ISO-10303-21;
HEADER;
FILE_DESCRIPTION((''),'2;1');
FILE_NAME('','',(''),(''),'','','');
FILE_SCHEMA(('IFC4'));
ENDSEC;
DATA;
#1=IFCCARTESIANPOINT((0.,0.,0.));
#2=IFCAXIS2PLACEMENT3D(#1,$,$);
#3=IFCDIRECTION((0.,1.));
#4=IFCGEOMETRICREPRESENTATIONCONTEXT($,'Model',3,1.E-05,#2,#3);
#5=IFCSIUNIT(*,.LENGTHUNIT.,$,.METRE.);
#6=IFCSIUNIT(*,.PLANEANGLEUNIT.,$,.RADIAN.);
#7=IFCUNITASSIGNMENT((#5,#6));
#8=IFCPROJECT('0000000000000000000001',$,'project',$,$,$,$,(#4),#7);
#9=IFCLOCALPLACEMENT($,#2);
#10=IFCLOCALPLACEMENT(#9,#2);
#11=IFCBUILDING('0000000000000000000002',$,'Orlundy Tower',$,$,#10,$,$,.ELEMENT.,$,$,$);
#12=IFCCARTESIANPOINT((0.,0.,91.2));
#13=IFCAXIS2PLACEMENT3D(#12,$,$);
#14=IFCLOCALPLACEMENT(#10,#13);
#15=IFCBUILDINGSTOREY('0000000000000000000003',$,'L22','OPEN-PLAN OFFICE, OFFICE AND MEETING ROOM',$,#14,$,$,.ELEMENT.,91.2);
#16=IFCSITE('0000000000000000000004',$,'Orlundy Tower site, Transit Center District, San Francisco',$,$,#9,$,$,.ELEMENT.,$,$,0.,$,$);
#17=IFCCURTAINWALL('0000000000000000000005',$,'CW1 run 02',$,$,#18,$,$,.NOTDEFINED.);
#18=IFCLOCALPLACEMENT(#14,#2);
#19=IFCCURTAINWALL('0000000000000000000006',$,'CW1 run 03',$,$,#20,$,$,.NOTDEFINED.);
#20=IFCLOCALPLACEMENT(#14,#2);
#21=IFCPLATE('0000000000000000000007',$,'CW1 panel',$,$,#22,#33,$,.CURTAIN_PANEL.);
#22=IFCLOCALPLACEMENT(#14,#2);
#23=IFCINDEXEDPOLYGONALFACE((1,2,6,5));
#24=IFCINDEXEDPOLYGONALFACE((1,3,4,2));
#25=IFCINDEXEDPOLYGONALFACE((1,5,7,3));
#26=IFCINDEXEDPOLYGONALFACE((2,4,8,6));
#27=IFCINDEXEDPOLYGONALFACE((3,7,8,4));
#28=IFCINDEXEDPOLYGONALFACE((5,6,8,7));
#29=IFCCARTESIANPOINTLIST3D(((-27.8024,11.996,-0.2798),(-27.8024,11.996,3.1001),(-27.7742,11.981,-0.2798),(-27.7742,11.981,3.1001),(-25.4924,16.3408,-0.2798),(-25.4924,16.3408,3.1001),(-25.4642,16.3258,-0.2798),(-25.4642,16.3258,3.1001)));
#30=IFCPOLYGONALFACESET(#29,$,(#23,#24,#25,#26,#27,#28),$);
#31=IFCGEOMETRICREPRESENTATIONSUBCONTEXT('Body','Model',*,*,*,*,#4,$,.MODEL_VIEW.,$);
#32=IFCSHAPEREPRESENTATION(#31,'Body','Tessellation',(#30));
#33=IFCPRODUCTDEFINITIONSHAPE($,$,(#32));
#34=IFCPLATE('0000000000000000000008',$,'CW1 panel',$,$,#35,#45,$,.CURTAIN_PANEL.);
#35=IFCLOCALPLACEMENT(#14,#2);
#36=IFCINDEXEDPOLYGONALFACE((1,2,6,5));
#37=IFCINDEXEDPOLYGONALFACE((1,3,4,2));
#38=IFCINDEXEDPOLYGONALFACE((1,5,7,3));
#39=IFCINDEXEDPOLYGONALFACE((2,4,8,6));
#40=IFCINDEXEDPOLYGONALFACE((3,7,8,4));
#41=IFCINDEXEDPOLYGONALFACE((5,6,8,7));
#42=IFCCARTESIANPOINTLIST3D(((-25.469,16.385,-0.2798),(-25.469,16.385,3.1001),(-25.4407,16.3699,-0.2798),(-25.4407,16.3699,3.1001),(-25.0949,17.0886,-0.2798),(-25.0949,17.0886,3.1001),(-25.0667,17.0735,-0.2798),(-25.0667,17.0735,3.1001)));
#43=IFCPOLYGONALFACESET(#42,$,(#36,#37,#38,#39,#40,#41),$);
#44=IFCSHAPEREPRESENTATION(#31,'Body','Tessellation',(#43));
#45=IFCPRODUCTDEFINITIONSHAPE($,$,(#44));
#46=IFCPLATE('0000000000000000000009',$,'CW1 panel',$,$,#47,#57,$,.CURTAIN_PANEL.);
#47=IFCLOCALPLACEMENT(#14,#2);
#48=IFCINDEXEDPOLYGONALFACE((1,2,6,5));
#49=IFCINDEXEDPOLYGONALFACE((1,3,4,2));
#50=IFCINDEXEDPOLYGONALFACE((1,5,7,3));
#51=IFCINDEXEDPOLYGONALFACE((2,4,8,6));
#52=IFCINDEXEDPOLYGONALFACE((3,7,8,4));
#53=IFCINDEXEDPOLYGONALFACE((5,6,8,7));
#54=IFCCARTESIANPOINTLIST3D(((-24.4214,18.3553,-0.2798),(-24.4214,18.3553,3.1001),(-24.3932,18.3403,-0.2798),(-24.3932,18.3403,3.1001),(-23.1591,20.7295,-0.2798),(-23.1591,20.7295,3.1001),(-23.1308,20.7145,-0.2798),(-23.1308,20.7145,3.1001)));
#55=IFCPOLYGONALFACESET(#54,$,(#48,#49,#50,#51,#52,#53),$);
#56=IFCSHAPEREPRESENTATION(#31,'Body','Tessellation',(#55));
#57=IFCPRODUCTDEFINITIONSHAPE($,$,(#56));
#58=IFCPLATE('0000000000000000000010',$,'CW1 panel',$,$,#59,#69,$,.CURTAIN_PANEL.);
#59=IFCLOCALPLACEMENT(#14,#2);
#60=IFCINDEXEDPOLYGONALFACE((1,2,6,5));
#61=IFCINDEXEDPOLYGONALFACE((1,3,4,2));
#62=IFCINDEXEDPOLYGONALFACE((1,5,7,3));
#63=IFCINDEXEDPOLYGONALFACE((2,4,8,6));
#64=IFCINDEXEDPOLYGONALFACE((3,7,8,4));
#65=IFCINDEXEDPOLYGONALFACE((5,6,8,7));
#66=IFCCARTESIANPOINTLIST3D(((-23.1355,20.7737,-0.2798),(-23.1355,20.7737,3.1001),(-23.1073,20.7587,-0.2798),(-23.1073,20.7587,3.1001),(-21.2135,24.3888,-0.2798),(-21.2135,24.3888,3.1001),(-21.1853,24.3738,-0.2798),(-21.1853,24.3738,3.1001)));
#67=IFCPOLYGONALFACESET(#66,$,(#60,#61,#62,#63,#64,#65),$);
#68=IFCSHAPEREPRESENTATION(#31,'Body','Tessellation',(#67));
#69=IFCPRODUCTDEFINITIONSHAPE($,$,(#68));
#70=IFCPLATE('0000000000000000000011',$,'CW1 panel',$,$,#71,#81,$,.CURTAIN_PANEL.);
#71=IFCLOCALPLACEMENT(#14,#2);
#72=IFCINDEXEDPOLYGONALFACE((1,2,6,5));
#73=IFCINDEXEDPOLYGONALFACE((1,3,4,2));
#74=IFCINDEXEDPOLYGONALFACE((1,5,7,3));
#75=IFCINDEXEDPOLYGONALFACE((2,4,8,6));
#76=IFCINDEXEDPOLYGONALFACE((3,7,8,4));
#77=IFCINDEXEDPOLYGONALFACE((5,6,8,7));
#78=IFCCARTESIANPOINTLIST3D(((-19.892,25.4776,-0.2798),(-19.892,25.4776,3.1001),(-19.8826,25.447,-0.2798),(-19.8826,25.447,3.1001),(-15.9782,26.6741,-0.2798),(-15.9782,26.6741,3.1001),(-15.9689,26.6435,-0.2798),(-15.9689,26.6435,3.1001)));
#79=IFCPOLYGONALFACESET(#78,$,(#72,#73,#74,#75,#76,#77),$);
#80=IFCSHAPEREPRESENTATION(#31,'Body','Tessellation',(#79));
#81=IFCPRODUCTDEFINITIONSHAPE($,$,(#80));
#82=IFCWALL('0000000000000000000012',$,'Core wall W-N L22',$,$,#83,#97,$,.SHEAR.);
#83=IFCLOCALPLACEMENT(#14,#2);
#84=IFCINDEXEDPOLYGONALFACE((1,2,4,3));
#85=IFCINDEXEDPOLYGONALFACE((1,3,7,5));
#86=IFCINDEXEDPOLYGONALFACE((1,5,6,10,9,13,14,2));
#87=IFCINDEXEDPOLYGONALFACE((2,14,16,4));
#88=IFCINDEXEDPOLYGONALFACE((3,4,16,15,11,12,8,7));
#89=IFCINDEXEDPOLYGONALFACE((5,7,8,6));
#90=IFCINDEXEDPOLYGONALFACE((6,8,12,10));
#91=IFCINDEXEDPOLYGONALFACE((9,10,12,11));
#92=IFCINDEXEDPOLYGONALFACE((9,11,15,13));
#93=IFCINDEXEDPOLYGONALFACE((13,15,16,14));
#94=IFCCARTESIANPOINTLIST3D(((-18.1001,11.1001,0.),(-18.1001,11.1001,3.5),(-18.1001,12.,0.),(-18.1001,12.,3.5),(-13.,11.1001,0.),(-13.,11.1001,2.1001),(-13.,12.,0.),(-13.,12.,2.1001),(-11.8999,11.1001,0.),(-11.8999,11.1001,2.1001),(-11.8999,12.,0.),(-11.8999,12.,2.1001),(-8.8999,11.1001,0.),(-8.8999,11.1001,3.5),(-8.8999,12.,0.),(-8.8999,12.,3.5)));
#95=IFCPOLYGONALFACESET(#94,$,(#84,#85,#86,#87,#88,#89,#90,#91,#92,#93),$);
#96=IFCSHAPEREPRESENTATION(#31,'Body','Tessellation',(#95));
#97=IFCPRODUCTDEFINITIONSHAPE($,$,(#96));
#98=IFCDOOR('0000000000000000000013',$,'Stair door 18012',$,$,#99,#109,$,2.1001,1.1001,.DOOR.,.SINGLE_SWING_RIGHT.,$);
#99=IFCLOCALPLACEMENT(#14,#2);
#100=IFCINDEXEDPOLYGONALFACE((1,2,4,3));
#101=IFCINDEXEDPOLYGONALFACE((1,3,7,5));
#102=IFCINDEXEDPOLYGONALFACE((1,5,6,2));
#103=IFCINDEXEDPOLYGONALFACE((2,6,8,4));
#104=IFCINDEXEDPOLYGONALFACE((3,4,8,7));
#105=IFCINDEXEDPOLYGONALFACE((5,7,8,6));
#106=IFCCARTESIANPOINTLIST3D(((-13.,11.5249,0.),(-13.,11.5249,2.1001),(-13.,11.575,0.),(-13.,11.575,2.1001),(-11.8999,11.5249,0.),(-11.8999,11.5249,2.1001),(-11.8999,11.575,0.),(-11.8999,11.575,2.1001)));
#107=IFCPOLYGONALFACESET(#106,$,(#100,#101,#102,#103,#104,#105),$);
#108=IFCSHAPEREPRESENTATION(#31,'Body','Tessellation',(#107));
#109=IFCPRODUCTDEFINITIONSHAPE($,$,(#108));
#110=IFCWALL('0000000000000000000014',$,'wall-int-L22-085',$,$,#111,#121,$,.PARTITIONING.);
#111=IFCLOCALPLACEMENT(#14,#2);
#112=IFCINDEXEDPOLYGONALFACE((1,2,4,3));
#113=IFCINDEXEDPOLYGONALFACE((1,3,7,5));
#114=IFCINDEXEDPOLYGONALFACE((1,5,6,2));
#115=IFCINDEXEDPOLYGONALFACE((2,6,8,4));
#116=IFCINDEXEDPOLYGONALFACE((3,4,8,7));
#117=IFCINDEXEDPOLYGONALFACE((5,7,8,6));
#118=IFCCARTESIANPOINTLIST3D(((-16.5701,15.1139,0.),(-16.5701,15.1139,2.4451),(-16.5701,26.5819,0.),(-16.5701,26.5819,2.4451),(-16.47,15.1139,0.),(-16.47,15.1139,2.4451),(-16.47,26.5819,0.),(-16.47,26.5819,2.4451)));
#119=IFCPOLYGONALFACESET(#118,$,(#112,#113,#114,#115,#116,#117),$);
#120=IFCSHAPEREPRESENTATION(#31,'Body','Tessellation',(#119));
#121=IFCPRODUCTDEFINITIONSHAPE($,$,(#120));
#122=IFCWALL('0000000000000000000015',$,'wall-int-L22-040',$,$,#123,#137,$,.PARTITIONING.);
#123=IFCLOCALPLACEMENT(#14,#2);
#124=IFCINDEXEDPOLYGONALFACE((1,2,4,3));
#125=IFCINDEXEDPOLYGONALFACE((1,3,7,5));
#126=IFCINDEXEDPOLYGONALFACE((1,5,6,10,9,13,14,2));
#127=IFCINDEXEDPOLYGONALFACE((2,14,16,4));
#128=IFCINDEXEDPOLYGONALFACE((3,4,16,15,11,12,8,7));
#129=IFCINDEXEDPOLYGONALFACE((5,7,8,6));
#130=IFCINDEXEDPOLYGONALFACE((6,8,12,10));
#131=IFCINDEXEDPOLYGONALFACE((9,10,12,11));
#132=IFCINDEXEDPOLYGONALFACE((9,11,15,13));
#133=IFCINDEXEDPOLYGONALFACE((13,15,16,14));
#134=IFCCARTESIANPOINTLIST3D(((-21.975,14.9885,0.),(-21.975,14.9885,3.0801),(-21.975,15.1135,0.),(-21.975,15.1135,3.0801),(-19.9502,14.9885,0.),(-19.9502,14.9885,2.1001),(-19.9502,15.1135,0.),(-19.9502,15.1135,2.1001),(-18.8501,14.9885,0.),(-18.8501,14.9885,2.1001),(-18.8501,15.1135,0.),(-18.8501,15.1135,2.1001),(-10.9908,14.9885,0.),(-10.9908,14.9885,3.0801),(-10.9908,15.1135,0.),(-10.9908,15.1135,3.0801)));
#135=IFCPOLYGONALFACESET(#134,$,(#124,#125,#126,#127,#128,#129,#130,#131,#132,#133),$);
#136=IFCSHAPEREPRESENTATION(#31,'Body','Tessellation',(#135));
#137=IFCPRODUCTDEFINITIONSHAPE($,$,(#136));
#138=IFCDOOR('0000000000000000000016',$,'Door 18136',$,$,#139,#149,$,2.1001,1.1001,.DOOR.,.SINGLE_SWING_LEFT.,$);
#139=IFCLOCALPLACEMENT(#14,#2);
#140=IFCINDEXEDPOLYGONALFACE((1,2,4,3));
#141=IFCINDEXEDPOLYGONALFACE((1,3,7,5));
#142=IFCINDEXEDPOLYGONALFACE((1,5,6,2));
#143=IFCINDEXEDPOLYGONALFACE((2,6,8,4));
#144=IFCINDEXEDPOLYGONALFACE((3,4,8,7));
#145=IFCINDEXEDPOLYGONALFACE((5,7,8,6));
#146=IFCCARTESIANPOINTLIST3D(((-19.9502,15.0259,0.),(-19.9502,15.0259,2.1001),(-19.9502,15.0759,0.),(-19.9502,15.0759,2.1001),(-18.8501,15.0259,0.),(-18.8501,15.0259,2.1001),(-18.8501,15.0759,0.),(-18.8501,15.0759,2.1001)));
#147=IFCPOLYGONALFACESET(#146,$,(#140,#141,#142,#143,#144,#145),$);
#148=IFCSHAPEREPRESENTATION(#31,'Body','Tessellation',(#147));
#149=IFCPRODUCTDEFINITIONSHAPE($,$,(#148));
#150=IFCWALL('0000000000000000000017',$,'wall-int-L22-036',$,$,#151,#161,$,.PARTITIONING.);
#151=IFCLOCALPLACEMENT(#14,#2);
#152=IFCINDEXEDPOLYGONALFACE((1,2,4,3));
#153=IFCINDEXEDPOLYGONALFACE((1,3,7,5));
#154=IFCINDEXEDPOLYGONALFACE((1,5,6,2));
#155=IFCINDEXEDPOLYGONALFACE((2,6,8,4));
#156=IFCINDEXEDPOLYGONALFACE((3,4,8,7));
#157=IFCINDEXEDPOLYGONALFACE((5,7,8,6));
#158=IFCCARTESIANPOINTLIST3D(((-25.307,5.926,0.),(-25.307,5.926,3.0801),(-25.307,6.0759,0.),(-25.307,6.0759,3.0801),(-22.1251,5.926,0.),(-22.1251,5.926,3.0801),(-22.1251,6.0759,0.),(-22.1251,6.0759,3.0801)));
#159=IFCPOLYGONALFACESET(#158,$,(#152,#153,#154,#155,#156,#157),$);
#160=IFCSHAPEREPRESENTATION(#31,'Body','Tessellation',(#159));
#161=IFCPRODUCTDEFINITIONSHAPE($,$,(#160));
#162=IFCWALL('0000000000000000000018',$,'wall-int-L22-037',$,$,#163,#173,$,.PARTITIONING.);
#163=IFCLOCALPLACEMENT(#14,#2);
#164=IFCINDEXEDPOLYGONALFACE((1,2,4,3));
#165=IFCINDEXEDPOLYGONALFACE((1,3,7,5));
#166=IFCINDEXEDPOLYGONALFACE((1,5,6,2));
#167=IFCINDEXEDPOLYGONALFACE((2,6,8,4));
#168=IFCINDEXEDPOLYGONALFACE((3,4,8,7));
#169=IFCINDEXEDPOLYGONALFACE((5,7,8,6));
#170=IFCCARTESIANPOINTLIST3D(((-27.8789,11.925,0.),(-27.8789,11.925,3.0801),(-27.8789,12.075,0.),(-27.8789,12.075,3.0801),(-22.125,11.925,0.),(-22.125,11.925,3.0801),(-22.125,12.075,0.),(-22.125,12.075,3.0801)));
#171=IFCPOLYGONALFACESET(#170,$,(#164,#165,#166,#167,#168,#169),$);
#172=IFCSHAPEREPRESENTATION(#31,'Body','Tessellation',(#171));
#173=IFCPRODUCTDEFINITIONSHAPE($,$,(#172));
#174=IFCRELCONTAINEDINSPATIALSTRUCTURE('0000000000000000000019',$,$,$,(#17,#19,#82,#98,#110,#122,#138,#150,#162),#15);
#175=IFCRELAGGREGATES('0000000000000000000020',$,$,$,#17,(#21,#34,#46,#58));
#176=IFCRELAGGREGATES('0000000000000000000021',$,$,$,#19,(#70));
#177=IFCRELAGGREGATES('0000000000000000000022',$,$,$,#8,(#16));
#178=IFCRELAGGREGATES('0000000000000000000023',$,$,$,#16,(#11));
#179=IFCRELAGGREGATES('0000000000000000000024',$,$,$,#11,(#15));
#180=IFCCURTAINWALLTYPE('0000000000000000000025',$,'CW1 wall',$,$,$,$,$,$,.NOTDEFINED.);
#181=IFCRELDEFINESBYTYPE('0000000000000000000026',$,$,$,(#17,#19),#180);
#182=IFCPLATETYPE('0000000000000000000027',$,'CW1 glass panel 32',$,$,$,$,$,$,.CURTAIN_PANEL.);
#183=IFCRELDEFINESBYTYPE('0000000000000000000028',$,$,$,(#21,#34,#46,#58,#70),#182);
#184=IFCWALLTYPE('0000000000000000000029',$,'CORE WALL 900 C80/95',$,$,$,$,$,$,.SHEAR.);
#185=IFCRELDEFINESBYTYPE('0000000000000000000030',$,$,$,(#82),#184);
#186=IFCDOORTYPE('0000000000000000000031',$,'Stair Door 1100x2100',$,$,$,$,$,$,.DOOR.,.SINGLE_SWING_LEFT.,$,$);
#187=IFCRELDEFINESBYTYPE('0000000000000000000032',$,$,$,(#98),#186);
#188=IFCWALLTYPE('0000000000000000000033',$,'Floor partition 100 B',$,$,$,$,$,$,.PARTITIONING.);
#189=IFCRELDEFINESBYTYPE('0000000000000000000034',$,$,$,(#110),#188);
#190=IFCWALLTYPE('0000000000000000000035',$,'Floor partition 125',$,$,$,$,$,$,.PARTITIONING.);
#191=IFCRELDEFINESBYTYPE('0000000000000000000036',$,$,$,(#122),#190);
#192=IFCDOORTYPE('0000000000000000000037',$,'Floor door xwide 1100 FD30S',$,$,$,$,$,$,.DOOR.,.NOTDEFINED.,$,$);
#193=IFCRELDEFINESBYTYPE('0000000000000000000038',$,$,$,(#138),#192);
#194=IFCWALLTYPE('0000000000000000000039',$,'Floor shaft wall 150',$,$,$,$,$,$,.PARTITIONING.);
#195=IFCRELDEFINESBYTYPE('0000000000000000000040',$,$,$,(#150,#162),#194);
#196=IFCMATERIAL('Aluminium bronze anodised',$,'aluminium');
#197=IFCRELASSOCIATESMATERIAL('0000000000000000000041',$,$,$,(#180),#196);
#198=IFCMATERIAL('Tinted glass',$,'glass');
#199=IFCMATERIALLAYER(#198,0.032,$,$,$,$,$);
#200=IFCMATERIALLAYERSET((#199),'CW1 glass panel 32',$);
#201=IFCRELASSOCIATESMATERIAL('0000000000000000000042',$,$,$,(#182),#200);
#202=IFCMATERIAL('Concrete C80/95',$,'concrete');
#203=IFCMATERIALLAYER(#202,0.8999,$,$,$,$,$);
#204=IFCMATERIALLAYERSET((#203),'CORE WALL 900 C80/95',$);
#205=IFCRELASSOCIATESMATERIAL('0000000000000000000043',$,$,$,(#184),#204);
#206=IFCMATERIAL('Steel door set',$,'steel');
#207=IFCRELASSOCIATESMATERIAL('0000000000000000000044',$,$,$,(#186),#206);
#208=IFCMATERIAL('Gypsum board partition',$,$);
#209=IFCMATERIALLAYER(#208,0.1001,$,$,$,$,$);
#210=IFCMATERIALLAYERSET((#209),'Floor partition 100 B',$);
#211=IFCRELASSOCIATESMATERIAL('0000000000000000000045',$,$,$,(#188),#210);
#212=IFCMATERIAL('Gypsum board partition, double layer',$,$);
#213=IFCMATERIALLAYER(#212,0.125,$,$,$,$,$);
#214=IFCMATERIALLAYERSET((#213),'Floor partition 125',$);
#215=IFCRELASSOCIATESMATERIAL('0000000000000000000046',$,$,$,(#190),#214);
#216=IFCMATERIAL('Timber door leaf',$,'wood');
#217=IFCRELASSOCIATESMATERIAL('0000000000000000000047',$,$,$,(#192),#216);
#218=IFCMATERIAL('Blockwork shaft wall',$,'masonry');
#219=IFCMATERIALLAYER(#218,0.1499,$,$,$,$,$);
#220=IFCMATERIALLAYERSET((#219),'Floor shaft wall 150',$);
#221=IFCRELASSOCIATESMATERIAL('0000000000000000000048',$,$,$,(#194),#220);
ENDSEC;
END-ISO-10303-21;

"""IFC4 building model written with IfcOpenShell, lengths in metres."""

from ifc_helpers import new_model, si_unit, direction, frame, frame_2d, origin, origin_2d, place, context, subcontext, project, spatial, rectangle, extrude, material, layer, layer_set, type_object, element, fill, aggregate, save


model = new_model("IFC4")

# Units and contexts
model_context = context("Model", 3, precision=1e-05, world=origin(), true_north=direction((0.0, 1.0)))
body_context = subcontext(model_context, "Body", "Model", "MODEL_VIEW")
ifc_project = project(units=[si_unit("LENGTHUNIT", "METRE"), si_unit("PLANEANGLEUNIT", "RADIAN")], contexts=[model_context])

# Site, building, storey
site_placement = place(None, origin())
site = spatial("IfcSite", under=ifc_project, at=site_placement, Name="Orlundy Tower site, Transit Center District, San Francisco", CompositionType="ELEMENT", RefElevation=0.0)
building_placement = place(site_placement, origin())
building = spatial("IfcBuilding", under=site, at=building_placement, Name="Orlundy Tower", CompositionType="ELEMENT")
storey_placement = place(building_placement, frame((0.0, 0.0, 91.2)))
storey = spatial("IfcBuildingStorey", under=building, at=storey_placement, Name="L22", Description="OPEN-PLAN OFFICE, OFFICE AND MEETING ROOM", CompositionType="ELEMENT", Elevation=91.2)

# Curtain wall
ifc_material_1 = material(Name="Aluminium bronze anodised", Category="aluminium")
curtain_wall_type = type_object("IfcCurtainWallType", Name="CW1 wall", PredefinedType="NOTDEFINED", material=ifc_material_1)
curtain_wall_1_placement = place(storey_placement, origin())
curtain_wall_1 = element("IfcCurtainWall", 1, at=curtain_wall_1_placement, inside=storey, type_object=curtain_wall_type, Name="CW1 run 02", PredefinedType="NOTDEFINED")

# Curtain wall
curtain_wall_2_placement = place(storey_placement, origin())
curtain_wall_2 = element("IfcCurtainWall", 2, at=curtain_wall_2_placement, inside=storey, type_object=curtain_wall_type, Name="CW1 run 03", PredefinedType="NOTDEFINED")

# Plates
ifc_material_2 = material(Name="Tinted glass", Category="glass")
ifc_layer_1 = layer(ifc_material_2, 0.032)
ifc_layer_set_1 = layer_set([ifc_layer_1], Name="CW1 glass panel 32")
plate_type = type_object("IfcPlateType", Name="CW1 glass panel 32", PredefinedType="CURTAIN_PANEL", material=ifc_layer_set_1)
plate_1_placement = place(storey_placement, frame((-26.6333, 14.1609, -0.2798), z_axis=(0.0, 0.0, 1.0), x_axis=(0.469445, 0.882961, 0.0)))
plate_1 = element("IfcPlate", 3, at=plate_1_placement, type_object=plate_type, Name="CW1 panel", PredefinedType="CURTAIN_PANEL", context=body_context, shape_type="SweptSolid", body=[
    extrude(rectangle(XDim=4.9207, YDim=0.032, at=origin_2d()), origin(), (0.0, 0.0, 1.0), 3.3799),
])
plate_2_placement = place(storey_placement, frame((-25.2678, 16.7292, -0.2798), z_axis=(0.0, 0.0, 1.0), x_axis=(0.469445, 0.882961, 0.0)))
plate_2 = element("IfcPlate", 4, at=plate_2_placement, type_object=plate_type, Name="CW1 panel", PredefinedType="CURTAIN_PANEL", context=body_context, shape_type="SweptSolid", body=[
    extrude(rectangle(XDim=0.7969, YDim=0.032, at=origin_2d()), origin(), (0.0, 0.0, 1.0), 3.3799),
])
plate_3_placement = place(storey_placement, frame((-23.7761, 19.5349, -0.2798), z_axis=(0.0, 0.0, 1.0), x_axis=(0.469445, 0.882961, 0.0)))
plate_3 = element("IfcPlate", 5, at=plate_3_placement, type_object=plate_type, Name="CW1 panel", PredefinedType="CURTAIN_PANEL", context=body_context, shape_type="SweptSolid", body=[
    extrude(rectangle(XDim=2.689, YDim=0.032, at=origin_2d()), origin(), (0.0, 0.0, 1.0), 3.3799),
])
plate_4_placement = place(storey_placement, frame((-22.1604, 22.5737, -0.2798), z_axis=(0.0, 0.0, 1.0), x_axis=(0.469445, 0.882961, 0.0)))
plate_4 = element("IfcPlate", 6, at=plate_4_placement, type_object=plate_type, Name="CW1 panel", PredefinedType="CURTAIN_PANEL", context=body_context, shape_type="SweptSolid", body=[
    extrude(rectangle(XDim=4.0942, YDim=0.032, at=origin_2d()), origin(), (0.0, 0.0, 1.0), 3.3799),
])
aggregate(curtain_wall_1, [plate_1, plate_2, plate_3, plate_4])
plate_5_placement = place(storey_placement, frame((-17.9304, 26.0605, -0.2798), z_axis=(0.0, 0.0, 1.0), x_axis=(0.956308, 0.292361, 0.0)))
plate_5 = element("IfcPlate", 7, at=plate_5_placement, type_object=plate_type, Name="CW1 panel", PredefinedType="CURTAIN_PANEL", context=body_context, shape_type="SweptSolid", body=[
    extrude(rectangle(XDim=4.0925, YDim=0.032, at=origin_2d()), origin(), (0.0, 0.0, 1.0), 3.3799),
])
aggregate(curtain_wall_2, [plate_5])

# Wall, opening, door
ifc_material_3 = material(Name="Concrete C80/95", Category="concrete")
ifc_layer_2 = layer(ifc_material_3, 0.8999)
ifc_layer_set_2 = layer_set([ifc_layer_2], Name="CORE WALL 900 C80/95")
wall_type_1 = type_object("IfcWallType", Name="CORE WALL 900 C80/95", PredefinedType="SHEAR", material=ifc_layer_set_2)
wall_1_placement = place(storey_placement, frame((-18.1001, 11.55, 0.0), z_axis=(0.0, 0.0, 1.0), x_axis=(1.0, 0.0, 0.0)))
wall_1 = element("IfcWall", 8, at=wall_1_placement, inside=storey, type_object=wall_type_1, Name="Core wall W-N L22", PredefinedType="SHEAR", context=body_context, shape_type="SweptSolid", body=[
    extrude(rectangle(XDim=9.2002, YDim=0.8999, at=frame_2d((4.6001, 0.0))), origin(), (0.0, 0.0, 1.0), 3.5),
])
opening_1_placement = place(wall_1_placement, frame((5.1001, 0.0, 0.0)))
opening_1 = element("IfcOpeningElement", 9, at=opening_1_placement, cuts=wall_1, PredefinedType="OPENING", context=body_context, shape_type="SweptSolid", body=[
    extrude(rectangle(XDim=1.1001, YDim=2.1001, at=frame_2d((0.55, 1.05))), frame((0.0, 0.46, 0.0), z_axis=(0.0, -1.0, 0.0), x_axis=(1.0, 0.0, 0.0)), (0.0, 0.0, 1.0), 0.9199),
])
ifc_material_4 = material(Name="Steel door set", Category="steel")
door_type_1 = type_object("IfcDoorType", Name="Stair Door 1100x2100", OperationType="SINGLE_SWING_LEFT", PredefinedType="DOOR", material=ifc_material_4)
door_1_placement = place(opening_1_placement, origin())
door_1 = element("IfcDoor", 10, at=door_1_placement, inside=storey, type_object=door_type_1, Name="Stair door 18012", OperationType="SINGLE_SWING_RIGHT", OverallHeight=2.1001, OverallWidth=1.1001, PredefinedType="DOOR", context=body_context, shape_type="SweptSolid", body=[
    extrude(rectangle(XDim=1.1001, YDim=2.1001, at=frame_2d((0.55, 1.05))), frame((0.0, 0.0249, 0.0), z_axis=(0.0, -1.0, 0.0), x_axis=(1.0, 0.0, 0.0)), (0.0, 0.0, 1.0), 0.05),
])
fill(opening_1, door_1)

# Wall
ifc_material_5 = material(Name="Gypsum board partition")
ifc_layer_3 = layer(ifc_material_5, 0.1001)
ifc_layer_set_3 = layer_set([ifc_layer_3], Name="Floor partition 100 B")
wall_type_2 = type_object("IfcWallType", Name="Floor partition 100 B", PredefinedType="PARTITIONING", material=ifc_layer_set_3)
wall_2_placement = place(storey_placement, frame((-16.52, 15.114, 0.0), z_axis=(0.0, 0.0, 1.0), x_axis=(0.0, 1.0, 0.0)))
element("IfcWall", 11, at=wall_2_placement, inside=storey, type_object=wall_type_2, Name="wall-int-L22-085", PredefinedType="PARTITIONING", context=body_context, shape_type="SweptSolid", body=[
    extrude(rectangle(XDim=11.468, YDim=0.1001, at=frame_2d((5.7339, 0.0))), origin(), (0.0, 0.0, 1.0), 2.4451),
])

# Wall, opening, door
ifc_material_6 = material(Name="Gypsum board partition, double layer")
ifc_layer_4 = layer(ifc_material_6, 0.125)
ifc_layer_set_4 = layer_set([ifc_layer_4], Name="Floor partition 125")
wall_type_3 = type_object("IfcWallType", Name="Floor partition 125", PredefinedType="PARTITIONING", material=ifc_layer_set_4)
wall_3_placement = place(storey_placement, frame((-21.9751, 15.051, 0.0), z_axis=(0.0, 0.0, 1.0), x_axis=(1.0, 0.0, 0.0)))
wall_3 = element("IfcWall", 12, at=wall_3_placement, inside=storey, type_object=wall_type_3, Name="wall-int-L22-040", PredefinedType="PARTITIONING", context=body_context, shape_type="SweptSolid", body=[
    extrude(rectangle(XDim=10.9841, YDim=0.125, at=frame_2d((5.4922, 0.0))), origin(), (0.0, 0.0, 1.0), 3.0801),
])
opening_2_placement = place(wall_3_placement, frame((2.0249, 0.0, 0.0)))
opening_2 = element("IfcOpeningElement", 13, at=opening_2_placement, cuts=wall_3, PredefinedType="OPENING", context=body_context, shape_type="SweptSolid", body=[
    extrude(rectangle(XDim=1.1001, YDim=2.1001, at=frame_2d((0.55, 1.05))), frame((0.0, 0.0725, 0.0), z_axis=(0.0, -1.0, 0.0), x_axis=(1.0, 0.0, 0.0)), (0.0, 0.0, 1.0), 0.145),
])
ifc_material_7 = material(Name="Timber door leaf", Category="wood")
door_type_2 = type_object("IfcDoorType", Name="Floor door xwide 1100 FD30S", OperationType="NOTDEFINED", PredefinedType="DOOR", material=ifc_material_7)
door_2_placement = place(opening_2_placement, origin())
door_2 = element("IfcDoor", 14, at=door_2_placement, inside=storey, type_object=door_type_2, Name="Door 18136", OperationType="SINGLE_SWING_LEFT", OverallHeight=2.1001, OverallWidth=1.1001, PredefinedType="DOOR", context=body_context, shape_type="SweptSolid", body=[
    extrude(rectangle(XDim=1.1001, YDim=2.1001, at=frame_2d((0.55, 1.05))), frame((0.0, 0.0249, 0.0), z_axis=(0.0, -1.0, 0.0), x_axis=(1.0, 0.0, 0.0)), (0.0, 0.0, 1.0), 0.05),
])
fill(opening_2, door_2)

# Walls
ifc_material_8 = material(Name="Blockwork shaft wall", Category="masonry")
ifc_layer_5 = layer(ifc_material_8, 0.1499)
ifc_layer_set_5 = layer_set([ifc_layer_5], Name="Floor shaft wall 150")
wall_type_4 = type_object("IfcWallType", Name="Floor shaft wall 150", PredefinedType="PARTITIONING", material=ifc_layer_set_5)
wall_4_placement = place(storey_placement, frame((-25.3069, 6.001, 0.0), z_axis=(0.0, 0.0, 1.0), x_axis=(1.0, 0.0, 0.0)))
element("IfcWall", 15, at=wall_4_placement, inside=storey, type_object=wall_type_4, Name="wall-int-L22-036", PredefinedType="PARTITIONING", context=body_context, shape_type="SweptSolid", body=[
    extrude(rectangle(XDim=3.1819, YDim=0.1499, at=frame_2d((1.5908, 0.0))), origin(), (0.0, 0.0, 1.0), 3.0801),
])
wall_5_placement = place(storey_placement, frame((-27.8789, 12.0, 0.0), z_axis=(0.0, 0.0, 1.0), x_axis=(1.0, 0.0, 0.0)))
element("IfcWall", 16, at=wall_5_placement, inside=storey, type_object=wall_type_4, Name="wall-int-L22-037", PredefinedType="PARTITIONING", context=body_context, shape_type="SweptSolid", body=[
    extrude(rectangle(XDim=5.7539, YDim=0.1499, at=frame_2d((2.877, 0.0))), origin(), (0.0, 0.0, 1.0), 3.0801),
])

save(model, "model.ifc")
